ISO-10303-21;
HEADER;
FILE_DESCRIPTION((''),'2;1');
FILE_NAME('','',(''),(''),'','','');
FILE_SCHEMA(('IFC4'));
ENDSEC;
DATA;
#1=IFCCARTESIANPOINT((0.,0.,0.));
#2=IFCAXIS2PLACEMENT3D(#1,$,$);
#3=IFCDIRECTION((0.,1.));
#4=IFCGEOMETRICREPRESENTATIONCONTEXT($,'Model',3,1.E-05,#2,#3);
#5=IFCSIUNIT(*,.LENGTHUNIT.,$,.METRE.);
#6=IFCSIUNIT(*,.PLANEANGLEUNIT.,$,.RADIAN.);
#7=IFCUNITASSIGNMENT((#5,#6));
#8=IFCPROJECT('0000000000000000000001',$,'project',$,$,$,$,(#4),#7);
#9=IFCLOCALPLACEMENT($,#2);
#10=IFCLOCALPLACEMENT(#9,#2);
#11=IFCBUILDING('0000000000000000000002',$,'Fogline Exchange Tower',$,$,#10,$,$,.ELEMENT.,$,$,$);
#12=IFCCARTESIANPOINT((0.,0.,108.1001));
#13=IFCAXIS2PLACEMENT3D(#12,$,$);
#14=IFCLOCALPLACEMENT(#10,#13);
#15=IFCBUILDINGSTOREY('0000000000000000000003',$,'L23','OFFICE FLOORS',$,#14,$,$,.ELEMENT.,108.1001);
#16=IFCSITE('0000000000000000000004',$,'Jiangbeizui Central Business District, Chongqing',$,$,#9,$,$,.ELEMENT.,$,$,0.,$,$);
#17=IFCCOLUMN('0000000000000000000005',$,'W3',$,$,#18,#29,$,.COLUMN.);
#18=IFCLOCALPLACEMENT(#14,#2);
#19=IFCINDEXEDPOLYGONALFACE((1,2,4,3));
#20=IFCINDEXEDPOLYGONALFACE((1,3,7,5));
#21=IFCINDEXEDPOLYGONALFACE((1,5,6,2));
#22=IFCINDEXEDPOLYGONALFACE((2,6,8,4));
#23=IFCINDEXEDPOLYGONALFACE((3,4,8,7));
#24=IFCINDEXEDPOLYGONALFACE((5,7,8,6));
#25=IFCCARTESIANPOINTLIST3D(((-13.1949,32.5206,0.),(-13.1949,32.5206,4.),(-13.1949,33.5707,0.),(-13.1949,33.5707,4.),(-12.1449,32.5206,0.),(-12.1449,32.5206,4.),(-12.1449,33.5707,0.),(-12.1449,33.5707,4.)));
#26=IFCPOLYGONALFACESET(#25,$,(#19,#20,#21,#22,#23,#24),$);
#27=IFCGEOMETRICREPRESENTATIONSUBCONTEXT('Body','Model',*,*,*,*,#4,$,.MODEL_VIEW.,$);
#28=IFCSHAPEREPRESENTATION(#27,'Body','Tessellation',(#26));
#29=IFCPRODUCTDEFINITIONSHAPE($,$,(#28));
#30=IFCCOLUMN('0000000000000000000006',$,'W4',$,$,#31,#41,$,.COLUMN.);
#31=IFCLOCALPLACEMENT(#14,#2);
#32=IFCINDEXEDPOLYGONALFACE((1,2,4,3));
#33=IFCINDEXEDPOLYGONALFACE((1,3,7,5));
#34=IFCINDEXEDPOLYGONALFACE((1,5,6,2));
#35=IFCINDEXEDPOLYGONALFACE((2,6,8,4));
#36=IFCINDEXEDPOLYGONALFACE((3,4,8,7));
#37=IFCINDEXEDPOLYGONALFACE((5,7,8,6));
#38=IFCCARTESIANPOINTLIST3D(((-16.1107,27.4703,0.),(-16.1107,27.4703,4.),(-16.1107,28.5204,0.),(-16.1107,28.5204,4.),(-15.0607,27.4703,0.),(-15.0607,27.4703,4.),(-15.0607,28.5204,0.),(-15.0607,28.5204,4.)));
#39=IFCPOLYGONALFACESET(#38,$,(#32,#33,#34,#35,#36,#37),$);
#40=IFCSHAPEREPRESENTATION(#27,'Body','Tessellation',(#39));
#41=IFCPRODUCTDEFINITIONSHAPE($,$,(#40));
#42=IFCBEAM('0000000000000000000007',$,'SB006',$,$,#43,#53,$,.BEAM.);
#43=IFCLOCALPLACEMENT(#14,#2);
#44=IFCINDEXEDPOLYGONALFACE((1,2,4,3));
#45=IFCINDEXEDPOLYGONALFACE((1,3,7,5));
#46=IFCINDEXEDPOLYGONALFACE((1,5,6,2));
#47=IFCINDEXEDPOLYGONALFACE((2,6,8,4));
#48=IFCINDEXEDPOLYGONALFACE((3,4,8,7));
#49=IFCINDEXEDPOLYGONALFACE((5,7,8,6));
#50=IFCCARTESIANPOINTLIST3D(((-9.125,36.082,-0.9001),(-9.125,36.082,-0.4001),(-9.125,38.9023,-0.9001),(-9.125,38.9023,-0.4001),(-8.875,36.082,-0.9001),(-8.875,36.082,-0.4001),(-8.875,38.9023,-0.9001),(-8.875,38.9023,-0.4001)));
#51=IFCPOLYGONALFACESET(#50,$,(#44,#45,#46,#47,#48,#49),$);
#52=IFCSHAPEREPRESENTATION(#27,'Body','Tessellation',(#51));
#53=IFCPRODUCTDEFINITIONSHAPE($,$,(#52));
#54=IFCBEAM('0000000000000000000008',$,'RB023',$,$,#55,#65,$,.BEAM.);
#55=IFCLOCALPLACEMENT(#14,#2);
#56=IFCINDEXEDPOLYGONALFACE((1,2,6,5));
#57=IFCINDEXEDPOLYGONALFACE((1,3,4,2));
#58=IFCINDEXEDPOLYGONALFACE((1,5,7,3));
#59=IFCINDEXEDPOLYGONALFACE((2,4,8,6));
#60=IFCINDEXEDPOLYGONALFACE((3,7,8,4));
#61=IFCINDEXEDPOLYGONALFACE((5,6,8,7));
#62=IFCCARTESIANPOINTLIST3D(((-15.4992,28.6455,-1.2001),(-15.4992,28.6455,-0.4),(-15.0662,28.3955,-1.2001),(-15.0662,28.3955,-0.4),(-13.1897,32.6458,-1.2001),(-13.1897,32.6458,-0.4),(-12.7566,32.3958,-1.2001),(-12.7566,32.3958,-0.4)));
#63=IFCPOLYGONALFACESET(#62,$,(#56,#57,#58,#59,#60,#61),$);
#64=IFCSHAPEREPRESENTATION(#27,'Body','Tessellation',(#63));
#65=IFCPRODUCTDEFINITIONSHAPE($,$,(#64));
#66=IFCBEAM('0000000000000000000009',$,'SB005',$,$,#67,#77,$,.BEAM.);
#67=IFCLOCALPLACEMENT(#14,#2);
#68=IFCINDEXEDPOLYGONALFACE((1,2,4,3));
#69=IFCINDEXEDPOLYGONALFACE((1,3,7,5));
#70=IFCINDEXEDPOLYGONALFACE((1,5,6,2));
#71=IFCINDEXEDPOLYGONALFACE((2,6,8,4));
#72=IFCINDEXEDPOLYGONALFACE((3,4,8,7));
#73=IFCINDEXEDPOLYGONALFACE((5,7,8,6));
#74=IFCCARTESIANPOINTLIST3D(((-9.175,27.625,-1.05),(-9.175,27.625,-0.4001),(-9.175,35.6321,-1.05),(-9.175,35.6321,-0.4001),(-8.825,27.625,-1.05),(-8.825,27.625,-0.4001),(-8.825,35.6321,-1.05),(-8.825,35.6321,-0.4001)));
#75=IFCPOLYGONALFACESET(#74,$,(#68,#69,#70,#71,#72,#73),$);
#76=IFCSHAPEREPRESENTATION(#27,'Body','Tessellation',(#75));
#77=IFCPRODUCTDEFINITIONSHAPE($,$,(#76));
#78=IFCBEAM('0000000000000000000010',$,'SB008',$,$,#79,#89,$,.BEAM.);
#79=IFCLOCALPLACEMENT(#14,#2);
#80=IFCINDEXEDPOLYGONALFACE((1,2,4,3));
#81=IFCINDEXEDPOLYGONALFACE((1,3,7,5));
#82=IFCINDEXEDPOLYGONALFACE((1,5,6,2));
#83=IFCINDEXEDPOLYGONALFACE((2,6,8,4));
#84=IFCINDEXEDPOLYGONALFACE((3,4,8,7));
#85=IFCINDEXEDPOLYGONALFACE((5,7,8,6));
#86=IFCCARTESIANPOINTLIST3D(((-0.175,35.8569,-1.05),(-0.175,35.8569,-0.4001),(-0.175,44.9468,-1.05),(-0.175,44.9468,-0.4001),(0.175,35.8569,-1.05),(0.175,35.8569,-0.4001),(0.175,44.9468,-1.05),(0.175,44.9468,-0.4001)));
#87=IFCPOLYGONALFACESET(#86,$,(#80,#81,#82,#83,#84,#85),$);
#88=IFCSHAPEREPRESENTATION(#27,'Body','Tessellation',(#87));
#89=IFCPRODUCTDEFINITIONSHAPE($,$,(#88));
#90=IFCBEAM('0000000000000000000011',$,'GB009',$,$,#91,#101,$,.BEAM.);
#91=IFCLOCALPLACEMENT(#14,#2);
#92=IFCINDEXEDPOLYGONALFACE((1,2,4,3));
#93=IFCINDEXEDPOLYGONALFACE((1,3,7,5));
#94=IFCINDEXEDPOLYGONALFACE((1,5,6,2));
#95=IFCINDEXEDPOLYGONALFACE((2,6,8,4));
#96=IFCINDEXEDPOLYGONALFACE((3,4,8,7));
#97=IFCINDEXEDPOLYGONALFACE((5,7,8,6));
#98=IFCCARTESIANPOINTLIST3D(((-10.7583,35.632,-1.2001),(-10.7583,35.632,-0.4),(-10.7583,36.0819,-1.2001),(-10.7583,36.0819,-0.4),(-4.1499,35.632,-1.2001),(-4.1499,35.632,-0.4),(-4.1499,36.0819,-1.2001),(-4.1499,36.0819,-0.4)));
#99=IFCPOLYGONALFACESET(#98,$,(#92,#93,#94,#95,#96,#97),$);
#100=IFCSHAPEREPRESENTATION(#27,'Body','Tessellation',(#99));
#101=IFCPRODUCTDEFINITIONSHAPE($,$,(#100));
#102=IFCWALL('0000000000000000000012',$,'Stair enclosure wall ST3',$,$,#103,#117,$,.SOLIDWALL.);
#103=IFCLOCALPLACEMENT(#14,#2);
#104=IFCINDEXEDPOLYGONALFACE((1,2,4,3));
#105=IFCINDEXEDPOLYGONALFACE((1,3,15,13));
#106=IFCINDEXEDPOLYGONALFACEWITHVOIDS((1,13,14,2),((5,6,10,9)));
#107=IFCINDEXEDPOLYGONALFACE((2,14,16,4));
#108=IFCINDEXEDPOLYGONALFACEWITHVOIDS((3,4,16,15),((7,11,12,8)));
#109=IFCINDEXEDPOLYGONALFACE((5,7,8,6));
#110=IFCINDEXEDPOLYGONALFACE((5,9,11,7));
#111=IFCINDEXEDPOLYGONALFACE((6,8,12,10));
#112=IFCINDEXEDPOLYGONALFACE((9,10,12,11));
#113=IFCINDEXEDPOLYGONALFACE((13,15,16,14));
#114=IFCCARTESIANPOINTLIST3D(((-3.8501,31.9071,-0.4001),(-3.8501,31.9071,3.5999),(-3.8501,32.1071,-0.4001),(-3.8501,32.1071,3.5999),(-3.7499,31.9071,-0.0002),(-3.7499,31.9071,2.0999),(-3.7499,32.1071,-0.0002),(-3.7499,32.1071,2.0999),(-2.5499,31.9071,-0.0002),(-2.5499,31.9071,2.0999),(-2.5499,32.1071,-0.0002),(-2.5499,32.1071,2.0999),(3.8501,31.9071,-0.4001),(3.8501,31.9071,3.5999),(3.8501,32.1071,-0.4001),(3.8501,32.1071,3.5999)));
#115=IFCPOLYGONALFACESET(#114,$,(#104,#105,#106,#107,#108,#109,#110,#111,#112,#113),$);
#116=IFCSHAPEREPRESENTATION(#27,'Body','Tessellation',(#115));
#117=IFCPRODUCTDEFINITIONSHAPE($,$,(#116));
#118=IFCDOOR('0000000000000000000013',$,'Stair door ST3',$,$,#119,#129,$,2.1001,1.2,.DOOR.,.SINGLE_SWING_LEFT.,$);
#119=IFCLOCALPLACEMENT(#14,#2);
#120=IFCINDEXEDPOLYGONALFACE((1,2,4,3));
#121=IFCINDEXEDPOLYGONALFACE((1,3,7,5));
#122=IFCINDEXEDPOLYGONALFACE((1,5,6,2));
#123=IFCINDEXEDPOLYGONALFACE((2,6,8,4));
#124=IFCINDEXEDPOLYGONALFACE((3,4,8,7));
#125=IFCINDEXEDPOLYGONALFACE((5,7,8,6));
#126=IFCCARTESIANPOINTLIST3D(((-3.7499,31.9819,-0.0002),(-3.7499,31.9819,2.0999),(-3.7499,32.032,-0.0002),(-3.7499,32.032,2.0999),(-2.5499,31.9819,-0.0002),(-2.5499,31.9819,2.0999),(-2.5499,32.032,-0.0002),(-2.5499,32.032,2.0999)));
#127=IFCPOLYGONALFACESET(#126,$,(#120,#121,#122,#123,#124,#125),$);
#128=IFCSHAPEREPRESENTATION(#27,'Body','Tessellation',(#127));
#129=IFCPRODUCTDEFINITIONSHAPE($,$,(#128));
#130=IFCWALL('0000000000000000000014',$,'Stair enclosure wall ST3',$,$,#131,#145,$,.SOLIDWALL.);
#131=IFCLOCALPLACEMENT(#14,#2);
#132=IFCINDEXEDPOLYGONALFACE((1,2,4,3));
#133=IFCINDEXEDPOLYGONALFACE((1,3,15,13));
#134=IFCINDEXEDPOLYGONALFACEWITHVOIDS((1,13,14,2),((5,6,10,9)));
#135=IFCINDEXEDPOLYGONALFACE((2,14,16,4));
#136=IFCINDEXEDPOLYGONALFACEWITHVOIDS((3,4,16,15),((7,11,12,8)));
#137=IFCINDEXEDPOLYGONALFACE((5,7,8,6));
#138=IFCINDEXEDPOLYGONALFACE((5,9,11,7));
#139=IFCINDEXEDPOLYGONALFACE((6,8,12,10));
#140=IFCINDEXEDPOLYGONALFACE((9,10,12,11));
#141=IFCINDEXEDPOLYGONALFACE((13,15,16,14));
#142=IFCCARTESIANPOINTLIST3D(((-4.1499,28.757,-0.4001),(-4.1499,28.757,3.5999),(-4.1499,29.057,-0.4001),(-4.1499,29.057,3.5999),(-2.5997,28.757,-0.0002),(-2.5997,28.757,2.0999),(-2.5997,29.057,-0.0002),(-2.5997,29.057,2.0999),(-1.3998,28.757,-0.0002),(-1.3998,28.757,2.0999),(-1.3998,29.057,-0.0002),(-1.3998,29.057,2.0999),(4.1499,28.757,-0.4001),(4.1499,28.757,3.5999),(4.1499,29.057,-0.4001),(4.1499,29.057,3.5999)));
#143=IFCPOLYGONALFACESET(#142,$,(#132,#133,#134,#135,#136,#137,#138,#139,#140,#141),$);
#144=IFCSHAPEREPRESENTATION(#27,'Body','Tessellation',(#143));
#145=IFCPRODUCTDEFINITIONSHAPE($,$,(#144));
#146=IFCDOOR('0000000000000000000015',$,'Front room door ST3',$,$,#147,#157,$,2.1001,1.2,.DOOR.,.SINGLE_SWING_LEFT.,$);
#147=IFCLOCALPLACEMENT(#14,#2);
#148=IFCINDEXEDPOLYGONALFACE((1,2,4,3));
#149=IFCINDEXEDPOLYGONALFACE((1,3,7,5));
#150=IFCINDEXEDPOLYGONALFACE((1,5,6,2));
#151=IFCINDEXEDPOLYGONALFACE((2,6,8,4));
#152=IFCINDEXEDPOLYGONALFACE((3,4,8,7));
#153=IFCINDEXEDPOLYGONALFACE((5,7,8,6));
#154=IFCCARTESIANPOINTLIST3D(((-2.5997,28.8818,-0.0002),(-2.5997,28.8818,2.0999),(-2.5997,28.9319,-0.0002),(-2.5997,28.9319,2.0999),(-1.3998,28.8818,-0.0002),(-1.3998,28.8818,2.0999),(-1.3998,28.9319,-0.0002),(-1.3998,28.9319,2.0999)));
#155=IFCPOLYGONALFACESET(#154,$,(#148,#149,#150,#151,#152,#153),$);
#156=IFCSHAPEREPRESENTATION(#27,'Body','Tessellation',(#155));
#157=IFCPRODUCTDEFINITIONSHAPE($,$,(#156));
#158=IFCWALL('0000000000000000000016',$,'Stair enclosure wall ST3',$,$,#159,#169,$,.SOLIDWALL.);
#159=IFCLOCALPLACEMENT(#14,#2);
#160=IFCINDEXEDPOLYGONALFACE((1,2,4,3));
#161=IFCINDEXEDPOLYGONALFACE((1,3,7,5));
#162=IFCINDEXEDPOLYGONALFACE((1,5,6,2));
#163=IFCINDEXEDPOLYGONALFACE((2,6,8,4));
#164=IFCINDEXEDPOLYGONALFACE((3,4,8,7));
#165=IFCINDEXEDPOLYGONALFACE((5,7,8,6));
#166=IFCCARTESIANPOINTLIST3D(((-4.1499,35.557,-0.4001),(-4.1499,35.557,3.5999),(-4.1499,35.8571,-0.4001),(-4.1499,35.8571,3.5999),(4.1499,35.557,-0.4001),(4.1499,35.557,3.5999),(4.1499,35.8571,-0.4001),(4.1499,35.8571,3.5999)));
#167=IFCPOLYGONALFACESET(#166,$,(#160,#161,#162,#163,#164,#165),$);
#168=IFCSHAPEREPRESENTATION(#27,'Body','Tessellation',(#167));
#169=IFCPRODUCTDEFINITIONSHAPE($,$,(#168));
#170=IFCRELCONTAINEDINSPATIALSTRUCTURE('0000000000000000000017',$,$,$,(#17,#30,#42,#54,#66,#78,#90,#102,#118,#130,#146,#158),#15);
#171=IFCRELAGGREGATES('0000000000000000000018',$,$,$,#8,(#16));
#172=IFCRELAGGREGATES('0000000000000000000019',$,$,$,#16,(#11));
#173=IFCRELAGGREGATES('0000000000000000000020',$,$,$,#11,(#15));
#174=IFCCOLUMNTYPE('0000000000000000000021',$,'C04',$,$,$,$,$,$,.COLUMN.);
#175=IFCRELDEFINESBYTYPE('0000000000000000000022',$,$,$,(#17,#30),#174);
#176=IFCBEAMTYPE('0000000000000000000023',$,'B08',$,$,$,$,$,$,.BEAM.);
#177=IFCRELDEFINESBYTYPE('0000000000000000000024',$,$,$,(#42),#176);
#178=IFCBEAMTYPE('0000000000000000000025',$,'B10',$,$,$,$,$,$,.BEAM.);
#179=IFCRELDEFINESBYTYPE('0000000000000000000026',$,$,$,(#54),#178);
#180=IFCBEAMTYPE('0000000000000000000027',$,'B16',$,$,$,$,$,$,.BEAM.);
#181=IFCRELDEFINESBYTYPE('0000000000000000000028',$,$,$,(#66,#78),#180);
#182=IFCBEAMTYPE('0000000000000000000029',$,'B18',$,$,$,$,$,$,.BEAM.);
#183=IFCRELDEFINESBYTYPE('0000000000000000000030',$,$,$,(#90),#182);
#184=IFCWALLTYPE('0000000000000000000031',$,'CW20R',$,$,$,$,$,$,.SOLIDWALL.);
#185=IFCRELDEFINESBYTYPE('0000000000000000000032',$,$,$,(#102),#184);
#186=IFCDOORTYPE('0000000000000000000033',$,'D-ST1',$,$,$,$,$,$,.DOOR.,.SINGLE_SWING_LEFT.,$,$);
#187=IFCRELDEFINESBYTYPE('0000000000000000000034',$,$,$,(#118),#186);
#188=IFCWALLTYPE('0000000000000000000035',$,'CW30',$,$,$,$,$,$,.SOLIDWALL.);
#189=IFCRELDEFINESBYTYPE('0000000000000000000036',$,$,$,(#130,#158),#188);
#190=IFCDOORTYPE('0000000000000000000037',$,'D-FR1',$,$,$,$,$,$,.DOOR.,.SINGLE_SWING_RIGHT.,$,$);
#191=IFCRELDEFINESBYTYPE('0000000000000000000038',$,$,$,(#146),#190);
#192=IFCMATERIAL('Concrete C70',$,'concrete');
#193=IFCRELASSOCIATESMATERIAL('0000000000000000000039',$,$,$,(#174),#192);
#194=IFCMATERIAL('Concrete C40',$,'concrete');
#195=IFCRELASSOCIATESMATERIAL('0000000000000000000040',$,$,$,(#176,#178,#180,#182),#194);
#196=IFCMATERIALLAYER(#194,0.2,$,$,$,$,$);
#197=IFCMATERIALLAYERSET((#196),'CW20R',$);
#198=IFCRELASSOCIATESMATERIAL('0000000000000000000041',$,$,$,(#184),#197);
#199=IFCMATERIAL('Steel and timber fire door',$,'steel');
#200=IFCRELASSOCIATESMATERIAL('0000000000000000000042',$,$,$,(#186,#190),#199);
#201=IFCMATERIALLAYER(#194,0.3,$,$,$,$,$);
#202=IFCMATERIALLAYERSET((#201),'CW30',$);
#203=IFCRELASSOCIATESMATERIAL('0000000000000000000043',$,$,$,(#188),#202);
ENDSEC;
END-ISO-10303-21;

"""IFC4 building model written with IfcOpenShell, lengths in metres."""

from ifc_helpers import new_model, si_unit, direction, frame, frame_2d, origin, origin_2d, place, context, subcontext, project, spatial, rectangle, extrude, material, layer, layer_set, material_profile, profile_set, type_object, element, fill, save


model = new_model("IFC4")

# Units and contexts
model_context = context("Model", 3, precision=1e-05, world=origin(), true_north=direction((0.0, 1.0)))
body_context = subcontext(model_context, "Body", "Model", "MODEL_VIEW")
ifc_project = project(units=[si_unit("LENGTHUNIT", "METRE"), si_unit("PLANEANGLEUNIT", "RADIAN")], contexts=[model_context])

# Site, building, storey
site_placement = place(None, origin())
site = spatial("IfcSite", under=ifc_project, at=site_placement, Name="Jiangbeizui Central Business District, Chongqing", CompositionType="ELEMENT", RefElevation=0.0)
building_placement = place(site_placement, origin())
building = spatial("IfcBuilding", under=site, at=building_placement, Name="Fogline Exchange Tower", CompositionType="ELEMENT")
storey_placement = place(building_placement, frame((0.0, 0.0, 108.1001)))
storey = spatial("IfcBuildingStorey", under=building, at=storey_placement, Name="L23", Description="OFFICE FLOORS", CompositionType="ELEMENT", Elevation=108.1001)

# Columns
ifc_material_1 = material(Name="Concrete C70", Category="concrete")
ifc_material_profile_1 = material_profile(ifc_material_1, rectangle(XDim=1.05, YDim=1.05, at=origin_2d()), Name="RC 1050x1050")
ifc_profile_set_1 = profile_set([ifc_material_profile_1], Name="Concrete C70")
column_type = type_object("IfcColumnType", Name="C04", PredefinedType="COLUMN", material=ifc_profile_set_1)
for number, where, z_axis, x_axis, name in (
    (1, (-12.6699, 33.0457, 0.0), (0.0, 0.0, 1.0), (1.0, 0.0, 0.0), "W3"),
    (2, (-15.5857, 27.9954, 0.0), (0.0, 0.0, 1.0), (1.0, 0.0, 0.0), "W4"),
):
    element("IfcColumn", number, at=place(storey_placement, frame(where, z_axis=z_axis, x_axis=x_axis)), inside=storey, type_object=column_type, Name=name, PredefinedType="COLUMN", context=body_context, shape_type="SweptSolid", body=[
        extrude(rectangle(XDim=1.05, YDim=1.05, at=origin_2d()), origin(), (0.0, 0.0, 1.0), 4.0),
    ])

# Beams
ifc_material_2 = material(Name="Concrete C40", Category="concrete")
ifc_material_profile_2 = material_profile(ifc_material_2, rectangle(XDim=0.25, YDim=0.5, at=origin_2d()), Name="RC 250x500")
ifc_profile_set_2 = profile_set([ifc_material_profile_2], Name="Concrete C40")
beam_type_1 = type_object("IfcBeamType", Name="B08", PredefinedType="BEAM", material=ifc_profile_set_2)
beam_1_placement = place(storey_placement, frame((-9.0, 36.082, -0.6501), z_axis=(0.0, 1.0, 0.0), x_axis=(-1.0, 0.0, 0.0)))
element("IfcBeam", 3, at=beam_1_placement, inside=storey, type_object=beam_type_1, Name="SB006", PredefinedType="BEAM", context=body_context, shape_type="SweptSolid", body=[
    extrude(rectangle(XDim=0.25, YDim=0.5, at=origin_2d()), origin(), (0.0, 0.0, 1.0), 2.8203),
])
ifc_material_profile_3 = material_profile(ifc_material_2, rectangle(XDim=0.5, YDim=0.8, at=origin_2d()), Name="RC 500x800")
ifc_profile_set_3 = profile_set([ifc_material_profile_3], Name="Concrete C40")
beam_type_2 = type_object("IfcBeamType", Name="B10", PredefinedType="BEAM", material=ifc_profile_set_3)
beam_2_placement = place(storey_placement, frame((-12.9731, 32.5208, -0.8), z_axis=(-0.500005, -0.866023, 0.0), x_axis=(0.866023, -0.500005, 0.0)))
element("IfcBeam", 4, at=beam_2_placement, inside=storey, type_object=beam_type_2, Name="RB023", PredefinedType="BEAM", context=body_context, shape_type="SweptSolid", body=[
    extrude(rectangle(XDim=0.5, YDim=0.8, at=origin_2d()), origin(), (0.0, 0.0, 1.0), 4.6191),
])
ifc_material_profile_4 = material_profile(ifc_material_2, rectangle(XDim=0.3501, YDim=0.6499, at=origin_2d()), Name="RC 350x650")
ifc_profile_set_4 = profile_set([ifc_material_profile_4], Name="Concrete C40")
beam_type_3 = type_object("IfcBeamType", Name="B16", PredefinedType="BEAM", material=ifc_profile_set_4)
beam_3_placement = place(storey_placement, frame((-9.0, 27.625, -0.7251), z_axis=(0.0, 1.0, 0.0), x_axis=(-1.0, 0.0, 0.0)))
element("IfcBeam", 5, at=beam_3_placement, inside=storey, type_object=beam_type_3, Name="SB005", PredefinedType="BEAM", context=body_context, shape_type="SweptSolid", body=[
    extrude(rectangle(XDim=0.3501, YDim=0.6499, at=origin_2d()), origin(), (0.0, 0.0, 1.0), 8.0071),
])
beam_4_placement = place(storey_placement, frame((0.0, 35.8569, -0.7251), z_axis=(0.0, 1.0, 0.0), x_axis=(-1.0, 0.0, 0.0)))
element("IfcBeam", 6, at=beam_4_placement, inside=storey, type_object=beam_type_3, Name="SB008", PredefinedType="BEAM", context=body_context, shape_type="SweptSolid", body=[
    extrude(rectangle(XDim=0.3501, YDim=0.6499, at=origin_2d()), origin(), (0.0, 0.0, 1.0), 9.0898),
])
ifc_material_profile_5 = material_profile(ifc_material_2, rectangle(XDim=0.45, YDim=0.8, at=origin_2d()), Name="RC 450x800")
ifc_profile_set_5 = profile_set([ifc_material_profile_5], Name="Concrete C40")
beam_type_4 = type_object("IfcBeamType", Name="B18", PredefinedType="BEAM", material=ifc_profile_set_5)
beam_5_placement = place(storey_placement, frame((-10.7583, 35.8569, -0.8), z_axis=(1.0, 0.0, 0.0), x_axis=(0.0, 1.0, 0.0)))
element("IfcBeam", 7, at=beam_5_placement, inside=storey, type_object=beam_type_4, Name="GB009", PredefinedType="BEAM", context=body_context, shape_type="SweptSolid", body=[
    extrude(rectangle(XDim=0.45, YDim=0.8, at=origin_2d()), origin(), (0.0, 0.0, 1.0), 6.6084),
])

# Walls, openings, doors
ifc_layer_1 = layer(ifc_material_2, 0.2)
ifc_layer_set_1 = layer_set([ifc_layer_1], Name="CW20R")
wall_type_1 = type_object("IfcWallType", Name="CW20R", PredefinedType="SOLIDWALL", material=ifc_layer_set_1)
wall_1_placement = place(storey_placement, frame((-3.8501, 32.0071, -0.4001), z_axis=(0.0, 0.0, 1.0), x_axis=(1.0, 0.0, 0.0)))
wall_1 = element("IfcWall", 8, at=wall_1_placement, inside=storey, type_object=wall_type_1, Name="Stair enclosure wall ST3", PredefinedType="SOLIDWALL", context=body_context, shape_type="SweptSolid", body=[
    extrude(rectangle(XDim=7.7002, YDim=0.2, at=frame_2d((3.8501, 0.0))), origin(), (0.0, 0.0, 1.0), 4.0),
])
opening_1_placement = place(wall_1_placement, frame((0.1001, 0.0, 0.3999)))
opening_1 = element("IfcOpeningElement", 9, at=opening_1_placement, cuts=wall_1, PredefinedType="OPENING", context=body_context, shape_type="SweptSolid", body=[
    extrude(rectangle(XDim=1.2, YDim=2.1001, at=frame_2d((0.6001, 1.05))), frame((0.0, 0.1099, 0.0), z_axis=(0.0, -1.0, 0.0), x_axis=(1.0, 0.0, 0.0)), (0.0, 0.0, 1.0), 0.22),
])
ifc_material_3 = material(Name="Steel and timber fire door", Category="steel")
door_type_1 = type_object("IfcDoorType", Name="D-ST1", OperationType="SINGLE_SWING_LEFT", PredefinedType="DOOR", material=ifc_material_3)
door_1_placement = place(opening_1_placement, origin())
door_1 = element("IfcDoor", 10, at=door_1_placement, inside=storey, type_object=door_type_1, Name="Stair door ST3", OperationType="SINGLE_SWING_LEFT", OverallHeight=2.1001, OverallWidth=1.2, PredefinedType="DOOR", context=body_context, shape_type="SweptSolid", body=[
    extrude(rectangle(XDim=1.2, YDim=2.1001, at=frame_2d((0.6001, 1.05))), frame((0.0, 0.0249, 0.0), z_axis=(0.0, -1.0, 0.0), x_axis=(1.0, 0.0, 0.0)), (0.0, 0.0, 1.0), 0.05),
])
fill(opening_1, door_1)
ifc_layer_2 = layer(ifc_material_2, 0.3)
ifc_layer_set_2 = layer_set([ifc_layer_2], Name="CW30")
wall_type_2 = type_object("IfcWallType", Name="CW30", PredefinedType="SOLIDWALL", material=ifc_layer_set_2)
wall_2_placement = place(storey_placement, frame((-4.1499, 28.907, -0.4001), z_axis=(0.0, 0.0, 1.0), x_axis=(1.0, 0.0, 0.0)))
wall_2 = element("IfcWall", 11, at=wall_2_placement, inside=storey, type_object=wall_type_2, Name="Stair enclosure wall ST3", PredefinedType="SOLIDWALL", context=body_context, shape_type="SweptSolid", body=[
    extrude(rectangle(XDim=8.2998, YDim=0.3, at=frame_2d((4.1499, 0.0))), origin(), (0.0, 0.0, 1.0), 4.0),
])
opening_2_placement = place(wall_2_placement, frame((1.55, 0.0, 0.3999)))
opening_2 = element("IfcOpeningElement", 12, at=opening_2_placement, cuts=wall_2, PredefinedType="OPENING", context=body_context, shape_type="SweptSolid", body=[
    extrude(rectangle(XDim=1.2, YDim=2.1001, at=frame_2d((0.6001, 1.05))), frame((0.0, 0.1602, 0.0), z_axis=(0.0, -1.0, 0.0), x_axis=(1.0, 0.0, 0.0)), (0.0, 0.0, 1.0), 0.3201),
])
door_type_2 = type_object("IfcDoorType", Name="D-FR1", OperationType="SINGLE_SWING_RIGHT", PredefinedType="DOOR", material=ifc_material_3)
door_2_placement = place(opening_2_placement, origin())
door_2 = element("IfcDoor", 13, at=door_2_placement, inside=storey, type_object=door_type_2, Name="Front room door ST3", OperationType="SINGLE_SWING_LEFT", OverallHeight=2.1001, OverallWidth=1.2, PredefinedType="DOOR", context=body_context, shape_type="SweptSolid", body=[
    extrude(rectangle(XDim=1.2, YDim=2.1001, at=frame_2d((0.6001, 1.05))), frame((0.0, 0.0249, 0.0), z_axis=(0.0, -1.0, 0.0), x_axis=(1.0, 0.0, 0.0)), (0.0, 0.0, 1.0), 0.05),
])
fill(opening_2, door_2)

# Wall
wall_3_placement = place(storey_placement, frame((-4.1499, 35.707, -0.4001), z_axis=(0.0, 0.0, 1.0), x_axis=(1.0, 0.0, 0.0)))
element("IfcWall", 14, at=wall_3_placement, inside=storey, type_object=wall_type_2, Name="Stair enclosure wall ST3", PredefinedType="SOLIDWALL", context=body_context, shape_type="SweptSolid", body=[
    extrude(rectangle(XDim=8.2998, YDim=0.3, at=frame_2d((4.1499, 0.0))), origin(), (0.0, 0.0, 1.0), 4.0),
])

save(model, "model.ifc")
